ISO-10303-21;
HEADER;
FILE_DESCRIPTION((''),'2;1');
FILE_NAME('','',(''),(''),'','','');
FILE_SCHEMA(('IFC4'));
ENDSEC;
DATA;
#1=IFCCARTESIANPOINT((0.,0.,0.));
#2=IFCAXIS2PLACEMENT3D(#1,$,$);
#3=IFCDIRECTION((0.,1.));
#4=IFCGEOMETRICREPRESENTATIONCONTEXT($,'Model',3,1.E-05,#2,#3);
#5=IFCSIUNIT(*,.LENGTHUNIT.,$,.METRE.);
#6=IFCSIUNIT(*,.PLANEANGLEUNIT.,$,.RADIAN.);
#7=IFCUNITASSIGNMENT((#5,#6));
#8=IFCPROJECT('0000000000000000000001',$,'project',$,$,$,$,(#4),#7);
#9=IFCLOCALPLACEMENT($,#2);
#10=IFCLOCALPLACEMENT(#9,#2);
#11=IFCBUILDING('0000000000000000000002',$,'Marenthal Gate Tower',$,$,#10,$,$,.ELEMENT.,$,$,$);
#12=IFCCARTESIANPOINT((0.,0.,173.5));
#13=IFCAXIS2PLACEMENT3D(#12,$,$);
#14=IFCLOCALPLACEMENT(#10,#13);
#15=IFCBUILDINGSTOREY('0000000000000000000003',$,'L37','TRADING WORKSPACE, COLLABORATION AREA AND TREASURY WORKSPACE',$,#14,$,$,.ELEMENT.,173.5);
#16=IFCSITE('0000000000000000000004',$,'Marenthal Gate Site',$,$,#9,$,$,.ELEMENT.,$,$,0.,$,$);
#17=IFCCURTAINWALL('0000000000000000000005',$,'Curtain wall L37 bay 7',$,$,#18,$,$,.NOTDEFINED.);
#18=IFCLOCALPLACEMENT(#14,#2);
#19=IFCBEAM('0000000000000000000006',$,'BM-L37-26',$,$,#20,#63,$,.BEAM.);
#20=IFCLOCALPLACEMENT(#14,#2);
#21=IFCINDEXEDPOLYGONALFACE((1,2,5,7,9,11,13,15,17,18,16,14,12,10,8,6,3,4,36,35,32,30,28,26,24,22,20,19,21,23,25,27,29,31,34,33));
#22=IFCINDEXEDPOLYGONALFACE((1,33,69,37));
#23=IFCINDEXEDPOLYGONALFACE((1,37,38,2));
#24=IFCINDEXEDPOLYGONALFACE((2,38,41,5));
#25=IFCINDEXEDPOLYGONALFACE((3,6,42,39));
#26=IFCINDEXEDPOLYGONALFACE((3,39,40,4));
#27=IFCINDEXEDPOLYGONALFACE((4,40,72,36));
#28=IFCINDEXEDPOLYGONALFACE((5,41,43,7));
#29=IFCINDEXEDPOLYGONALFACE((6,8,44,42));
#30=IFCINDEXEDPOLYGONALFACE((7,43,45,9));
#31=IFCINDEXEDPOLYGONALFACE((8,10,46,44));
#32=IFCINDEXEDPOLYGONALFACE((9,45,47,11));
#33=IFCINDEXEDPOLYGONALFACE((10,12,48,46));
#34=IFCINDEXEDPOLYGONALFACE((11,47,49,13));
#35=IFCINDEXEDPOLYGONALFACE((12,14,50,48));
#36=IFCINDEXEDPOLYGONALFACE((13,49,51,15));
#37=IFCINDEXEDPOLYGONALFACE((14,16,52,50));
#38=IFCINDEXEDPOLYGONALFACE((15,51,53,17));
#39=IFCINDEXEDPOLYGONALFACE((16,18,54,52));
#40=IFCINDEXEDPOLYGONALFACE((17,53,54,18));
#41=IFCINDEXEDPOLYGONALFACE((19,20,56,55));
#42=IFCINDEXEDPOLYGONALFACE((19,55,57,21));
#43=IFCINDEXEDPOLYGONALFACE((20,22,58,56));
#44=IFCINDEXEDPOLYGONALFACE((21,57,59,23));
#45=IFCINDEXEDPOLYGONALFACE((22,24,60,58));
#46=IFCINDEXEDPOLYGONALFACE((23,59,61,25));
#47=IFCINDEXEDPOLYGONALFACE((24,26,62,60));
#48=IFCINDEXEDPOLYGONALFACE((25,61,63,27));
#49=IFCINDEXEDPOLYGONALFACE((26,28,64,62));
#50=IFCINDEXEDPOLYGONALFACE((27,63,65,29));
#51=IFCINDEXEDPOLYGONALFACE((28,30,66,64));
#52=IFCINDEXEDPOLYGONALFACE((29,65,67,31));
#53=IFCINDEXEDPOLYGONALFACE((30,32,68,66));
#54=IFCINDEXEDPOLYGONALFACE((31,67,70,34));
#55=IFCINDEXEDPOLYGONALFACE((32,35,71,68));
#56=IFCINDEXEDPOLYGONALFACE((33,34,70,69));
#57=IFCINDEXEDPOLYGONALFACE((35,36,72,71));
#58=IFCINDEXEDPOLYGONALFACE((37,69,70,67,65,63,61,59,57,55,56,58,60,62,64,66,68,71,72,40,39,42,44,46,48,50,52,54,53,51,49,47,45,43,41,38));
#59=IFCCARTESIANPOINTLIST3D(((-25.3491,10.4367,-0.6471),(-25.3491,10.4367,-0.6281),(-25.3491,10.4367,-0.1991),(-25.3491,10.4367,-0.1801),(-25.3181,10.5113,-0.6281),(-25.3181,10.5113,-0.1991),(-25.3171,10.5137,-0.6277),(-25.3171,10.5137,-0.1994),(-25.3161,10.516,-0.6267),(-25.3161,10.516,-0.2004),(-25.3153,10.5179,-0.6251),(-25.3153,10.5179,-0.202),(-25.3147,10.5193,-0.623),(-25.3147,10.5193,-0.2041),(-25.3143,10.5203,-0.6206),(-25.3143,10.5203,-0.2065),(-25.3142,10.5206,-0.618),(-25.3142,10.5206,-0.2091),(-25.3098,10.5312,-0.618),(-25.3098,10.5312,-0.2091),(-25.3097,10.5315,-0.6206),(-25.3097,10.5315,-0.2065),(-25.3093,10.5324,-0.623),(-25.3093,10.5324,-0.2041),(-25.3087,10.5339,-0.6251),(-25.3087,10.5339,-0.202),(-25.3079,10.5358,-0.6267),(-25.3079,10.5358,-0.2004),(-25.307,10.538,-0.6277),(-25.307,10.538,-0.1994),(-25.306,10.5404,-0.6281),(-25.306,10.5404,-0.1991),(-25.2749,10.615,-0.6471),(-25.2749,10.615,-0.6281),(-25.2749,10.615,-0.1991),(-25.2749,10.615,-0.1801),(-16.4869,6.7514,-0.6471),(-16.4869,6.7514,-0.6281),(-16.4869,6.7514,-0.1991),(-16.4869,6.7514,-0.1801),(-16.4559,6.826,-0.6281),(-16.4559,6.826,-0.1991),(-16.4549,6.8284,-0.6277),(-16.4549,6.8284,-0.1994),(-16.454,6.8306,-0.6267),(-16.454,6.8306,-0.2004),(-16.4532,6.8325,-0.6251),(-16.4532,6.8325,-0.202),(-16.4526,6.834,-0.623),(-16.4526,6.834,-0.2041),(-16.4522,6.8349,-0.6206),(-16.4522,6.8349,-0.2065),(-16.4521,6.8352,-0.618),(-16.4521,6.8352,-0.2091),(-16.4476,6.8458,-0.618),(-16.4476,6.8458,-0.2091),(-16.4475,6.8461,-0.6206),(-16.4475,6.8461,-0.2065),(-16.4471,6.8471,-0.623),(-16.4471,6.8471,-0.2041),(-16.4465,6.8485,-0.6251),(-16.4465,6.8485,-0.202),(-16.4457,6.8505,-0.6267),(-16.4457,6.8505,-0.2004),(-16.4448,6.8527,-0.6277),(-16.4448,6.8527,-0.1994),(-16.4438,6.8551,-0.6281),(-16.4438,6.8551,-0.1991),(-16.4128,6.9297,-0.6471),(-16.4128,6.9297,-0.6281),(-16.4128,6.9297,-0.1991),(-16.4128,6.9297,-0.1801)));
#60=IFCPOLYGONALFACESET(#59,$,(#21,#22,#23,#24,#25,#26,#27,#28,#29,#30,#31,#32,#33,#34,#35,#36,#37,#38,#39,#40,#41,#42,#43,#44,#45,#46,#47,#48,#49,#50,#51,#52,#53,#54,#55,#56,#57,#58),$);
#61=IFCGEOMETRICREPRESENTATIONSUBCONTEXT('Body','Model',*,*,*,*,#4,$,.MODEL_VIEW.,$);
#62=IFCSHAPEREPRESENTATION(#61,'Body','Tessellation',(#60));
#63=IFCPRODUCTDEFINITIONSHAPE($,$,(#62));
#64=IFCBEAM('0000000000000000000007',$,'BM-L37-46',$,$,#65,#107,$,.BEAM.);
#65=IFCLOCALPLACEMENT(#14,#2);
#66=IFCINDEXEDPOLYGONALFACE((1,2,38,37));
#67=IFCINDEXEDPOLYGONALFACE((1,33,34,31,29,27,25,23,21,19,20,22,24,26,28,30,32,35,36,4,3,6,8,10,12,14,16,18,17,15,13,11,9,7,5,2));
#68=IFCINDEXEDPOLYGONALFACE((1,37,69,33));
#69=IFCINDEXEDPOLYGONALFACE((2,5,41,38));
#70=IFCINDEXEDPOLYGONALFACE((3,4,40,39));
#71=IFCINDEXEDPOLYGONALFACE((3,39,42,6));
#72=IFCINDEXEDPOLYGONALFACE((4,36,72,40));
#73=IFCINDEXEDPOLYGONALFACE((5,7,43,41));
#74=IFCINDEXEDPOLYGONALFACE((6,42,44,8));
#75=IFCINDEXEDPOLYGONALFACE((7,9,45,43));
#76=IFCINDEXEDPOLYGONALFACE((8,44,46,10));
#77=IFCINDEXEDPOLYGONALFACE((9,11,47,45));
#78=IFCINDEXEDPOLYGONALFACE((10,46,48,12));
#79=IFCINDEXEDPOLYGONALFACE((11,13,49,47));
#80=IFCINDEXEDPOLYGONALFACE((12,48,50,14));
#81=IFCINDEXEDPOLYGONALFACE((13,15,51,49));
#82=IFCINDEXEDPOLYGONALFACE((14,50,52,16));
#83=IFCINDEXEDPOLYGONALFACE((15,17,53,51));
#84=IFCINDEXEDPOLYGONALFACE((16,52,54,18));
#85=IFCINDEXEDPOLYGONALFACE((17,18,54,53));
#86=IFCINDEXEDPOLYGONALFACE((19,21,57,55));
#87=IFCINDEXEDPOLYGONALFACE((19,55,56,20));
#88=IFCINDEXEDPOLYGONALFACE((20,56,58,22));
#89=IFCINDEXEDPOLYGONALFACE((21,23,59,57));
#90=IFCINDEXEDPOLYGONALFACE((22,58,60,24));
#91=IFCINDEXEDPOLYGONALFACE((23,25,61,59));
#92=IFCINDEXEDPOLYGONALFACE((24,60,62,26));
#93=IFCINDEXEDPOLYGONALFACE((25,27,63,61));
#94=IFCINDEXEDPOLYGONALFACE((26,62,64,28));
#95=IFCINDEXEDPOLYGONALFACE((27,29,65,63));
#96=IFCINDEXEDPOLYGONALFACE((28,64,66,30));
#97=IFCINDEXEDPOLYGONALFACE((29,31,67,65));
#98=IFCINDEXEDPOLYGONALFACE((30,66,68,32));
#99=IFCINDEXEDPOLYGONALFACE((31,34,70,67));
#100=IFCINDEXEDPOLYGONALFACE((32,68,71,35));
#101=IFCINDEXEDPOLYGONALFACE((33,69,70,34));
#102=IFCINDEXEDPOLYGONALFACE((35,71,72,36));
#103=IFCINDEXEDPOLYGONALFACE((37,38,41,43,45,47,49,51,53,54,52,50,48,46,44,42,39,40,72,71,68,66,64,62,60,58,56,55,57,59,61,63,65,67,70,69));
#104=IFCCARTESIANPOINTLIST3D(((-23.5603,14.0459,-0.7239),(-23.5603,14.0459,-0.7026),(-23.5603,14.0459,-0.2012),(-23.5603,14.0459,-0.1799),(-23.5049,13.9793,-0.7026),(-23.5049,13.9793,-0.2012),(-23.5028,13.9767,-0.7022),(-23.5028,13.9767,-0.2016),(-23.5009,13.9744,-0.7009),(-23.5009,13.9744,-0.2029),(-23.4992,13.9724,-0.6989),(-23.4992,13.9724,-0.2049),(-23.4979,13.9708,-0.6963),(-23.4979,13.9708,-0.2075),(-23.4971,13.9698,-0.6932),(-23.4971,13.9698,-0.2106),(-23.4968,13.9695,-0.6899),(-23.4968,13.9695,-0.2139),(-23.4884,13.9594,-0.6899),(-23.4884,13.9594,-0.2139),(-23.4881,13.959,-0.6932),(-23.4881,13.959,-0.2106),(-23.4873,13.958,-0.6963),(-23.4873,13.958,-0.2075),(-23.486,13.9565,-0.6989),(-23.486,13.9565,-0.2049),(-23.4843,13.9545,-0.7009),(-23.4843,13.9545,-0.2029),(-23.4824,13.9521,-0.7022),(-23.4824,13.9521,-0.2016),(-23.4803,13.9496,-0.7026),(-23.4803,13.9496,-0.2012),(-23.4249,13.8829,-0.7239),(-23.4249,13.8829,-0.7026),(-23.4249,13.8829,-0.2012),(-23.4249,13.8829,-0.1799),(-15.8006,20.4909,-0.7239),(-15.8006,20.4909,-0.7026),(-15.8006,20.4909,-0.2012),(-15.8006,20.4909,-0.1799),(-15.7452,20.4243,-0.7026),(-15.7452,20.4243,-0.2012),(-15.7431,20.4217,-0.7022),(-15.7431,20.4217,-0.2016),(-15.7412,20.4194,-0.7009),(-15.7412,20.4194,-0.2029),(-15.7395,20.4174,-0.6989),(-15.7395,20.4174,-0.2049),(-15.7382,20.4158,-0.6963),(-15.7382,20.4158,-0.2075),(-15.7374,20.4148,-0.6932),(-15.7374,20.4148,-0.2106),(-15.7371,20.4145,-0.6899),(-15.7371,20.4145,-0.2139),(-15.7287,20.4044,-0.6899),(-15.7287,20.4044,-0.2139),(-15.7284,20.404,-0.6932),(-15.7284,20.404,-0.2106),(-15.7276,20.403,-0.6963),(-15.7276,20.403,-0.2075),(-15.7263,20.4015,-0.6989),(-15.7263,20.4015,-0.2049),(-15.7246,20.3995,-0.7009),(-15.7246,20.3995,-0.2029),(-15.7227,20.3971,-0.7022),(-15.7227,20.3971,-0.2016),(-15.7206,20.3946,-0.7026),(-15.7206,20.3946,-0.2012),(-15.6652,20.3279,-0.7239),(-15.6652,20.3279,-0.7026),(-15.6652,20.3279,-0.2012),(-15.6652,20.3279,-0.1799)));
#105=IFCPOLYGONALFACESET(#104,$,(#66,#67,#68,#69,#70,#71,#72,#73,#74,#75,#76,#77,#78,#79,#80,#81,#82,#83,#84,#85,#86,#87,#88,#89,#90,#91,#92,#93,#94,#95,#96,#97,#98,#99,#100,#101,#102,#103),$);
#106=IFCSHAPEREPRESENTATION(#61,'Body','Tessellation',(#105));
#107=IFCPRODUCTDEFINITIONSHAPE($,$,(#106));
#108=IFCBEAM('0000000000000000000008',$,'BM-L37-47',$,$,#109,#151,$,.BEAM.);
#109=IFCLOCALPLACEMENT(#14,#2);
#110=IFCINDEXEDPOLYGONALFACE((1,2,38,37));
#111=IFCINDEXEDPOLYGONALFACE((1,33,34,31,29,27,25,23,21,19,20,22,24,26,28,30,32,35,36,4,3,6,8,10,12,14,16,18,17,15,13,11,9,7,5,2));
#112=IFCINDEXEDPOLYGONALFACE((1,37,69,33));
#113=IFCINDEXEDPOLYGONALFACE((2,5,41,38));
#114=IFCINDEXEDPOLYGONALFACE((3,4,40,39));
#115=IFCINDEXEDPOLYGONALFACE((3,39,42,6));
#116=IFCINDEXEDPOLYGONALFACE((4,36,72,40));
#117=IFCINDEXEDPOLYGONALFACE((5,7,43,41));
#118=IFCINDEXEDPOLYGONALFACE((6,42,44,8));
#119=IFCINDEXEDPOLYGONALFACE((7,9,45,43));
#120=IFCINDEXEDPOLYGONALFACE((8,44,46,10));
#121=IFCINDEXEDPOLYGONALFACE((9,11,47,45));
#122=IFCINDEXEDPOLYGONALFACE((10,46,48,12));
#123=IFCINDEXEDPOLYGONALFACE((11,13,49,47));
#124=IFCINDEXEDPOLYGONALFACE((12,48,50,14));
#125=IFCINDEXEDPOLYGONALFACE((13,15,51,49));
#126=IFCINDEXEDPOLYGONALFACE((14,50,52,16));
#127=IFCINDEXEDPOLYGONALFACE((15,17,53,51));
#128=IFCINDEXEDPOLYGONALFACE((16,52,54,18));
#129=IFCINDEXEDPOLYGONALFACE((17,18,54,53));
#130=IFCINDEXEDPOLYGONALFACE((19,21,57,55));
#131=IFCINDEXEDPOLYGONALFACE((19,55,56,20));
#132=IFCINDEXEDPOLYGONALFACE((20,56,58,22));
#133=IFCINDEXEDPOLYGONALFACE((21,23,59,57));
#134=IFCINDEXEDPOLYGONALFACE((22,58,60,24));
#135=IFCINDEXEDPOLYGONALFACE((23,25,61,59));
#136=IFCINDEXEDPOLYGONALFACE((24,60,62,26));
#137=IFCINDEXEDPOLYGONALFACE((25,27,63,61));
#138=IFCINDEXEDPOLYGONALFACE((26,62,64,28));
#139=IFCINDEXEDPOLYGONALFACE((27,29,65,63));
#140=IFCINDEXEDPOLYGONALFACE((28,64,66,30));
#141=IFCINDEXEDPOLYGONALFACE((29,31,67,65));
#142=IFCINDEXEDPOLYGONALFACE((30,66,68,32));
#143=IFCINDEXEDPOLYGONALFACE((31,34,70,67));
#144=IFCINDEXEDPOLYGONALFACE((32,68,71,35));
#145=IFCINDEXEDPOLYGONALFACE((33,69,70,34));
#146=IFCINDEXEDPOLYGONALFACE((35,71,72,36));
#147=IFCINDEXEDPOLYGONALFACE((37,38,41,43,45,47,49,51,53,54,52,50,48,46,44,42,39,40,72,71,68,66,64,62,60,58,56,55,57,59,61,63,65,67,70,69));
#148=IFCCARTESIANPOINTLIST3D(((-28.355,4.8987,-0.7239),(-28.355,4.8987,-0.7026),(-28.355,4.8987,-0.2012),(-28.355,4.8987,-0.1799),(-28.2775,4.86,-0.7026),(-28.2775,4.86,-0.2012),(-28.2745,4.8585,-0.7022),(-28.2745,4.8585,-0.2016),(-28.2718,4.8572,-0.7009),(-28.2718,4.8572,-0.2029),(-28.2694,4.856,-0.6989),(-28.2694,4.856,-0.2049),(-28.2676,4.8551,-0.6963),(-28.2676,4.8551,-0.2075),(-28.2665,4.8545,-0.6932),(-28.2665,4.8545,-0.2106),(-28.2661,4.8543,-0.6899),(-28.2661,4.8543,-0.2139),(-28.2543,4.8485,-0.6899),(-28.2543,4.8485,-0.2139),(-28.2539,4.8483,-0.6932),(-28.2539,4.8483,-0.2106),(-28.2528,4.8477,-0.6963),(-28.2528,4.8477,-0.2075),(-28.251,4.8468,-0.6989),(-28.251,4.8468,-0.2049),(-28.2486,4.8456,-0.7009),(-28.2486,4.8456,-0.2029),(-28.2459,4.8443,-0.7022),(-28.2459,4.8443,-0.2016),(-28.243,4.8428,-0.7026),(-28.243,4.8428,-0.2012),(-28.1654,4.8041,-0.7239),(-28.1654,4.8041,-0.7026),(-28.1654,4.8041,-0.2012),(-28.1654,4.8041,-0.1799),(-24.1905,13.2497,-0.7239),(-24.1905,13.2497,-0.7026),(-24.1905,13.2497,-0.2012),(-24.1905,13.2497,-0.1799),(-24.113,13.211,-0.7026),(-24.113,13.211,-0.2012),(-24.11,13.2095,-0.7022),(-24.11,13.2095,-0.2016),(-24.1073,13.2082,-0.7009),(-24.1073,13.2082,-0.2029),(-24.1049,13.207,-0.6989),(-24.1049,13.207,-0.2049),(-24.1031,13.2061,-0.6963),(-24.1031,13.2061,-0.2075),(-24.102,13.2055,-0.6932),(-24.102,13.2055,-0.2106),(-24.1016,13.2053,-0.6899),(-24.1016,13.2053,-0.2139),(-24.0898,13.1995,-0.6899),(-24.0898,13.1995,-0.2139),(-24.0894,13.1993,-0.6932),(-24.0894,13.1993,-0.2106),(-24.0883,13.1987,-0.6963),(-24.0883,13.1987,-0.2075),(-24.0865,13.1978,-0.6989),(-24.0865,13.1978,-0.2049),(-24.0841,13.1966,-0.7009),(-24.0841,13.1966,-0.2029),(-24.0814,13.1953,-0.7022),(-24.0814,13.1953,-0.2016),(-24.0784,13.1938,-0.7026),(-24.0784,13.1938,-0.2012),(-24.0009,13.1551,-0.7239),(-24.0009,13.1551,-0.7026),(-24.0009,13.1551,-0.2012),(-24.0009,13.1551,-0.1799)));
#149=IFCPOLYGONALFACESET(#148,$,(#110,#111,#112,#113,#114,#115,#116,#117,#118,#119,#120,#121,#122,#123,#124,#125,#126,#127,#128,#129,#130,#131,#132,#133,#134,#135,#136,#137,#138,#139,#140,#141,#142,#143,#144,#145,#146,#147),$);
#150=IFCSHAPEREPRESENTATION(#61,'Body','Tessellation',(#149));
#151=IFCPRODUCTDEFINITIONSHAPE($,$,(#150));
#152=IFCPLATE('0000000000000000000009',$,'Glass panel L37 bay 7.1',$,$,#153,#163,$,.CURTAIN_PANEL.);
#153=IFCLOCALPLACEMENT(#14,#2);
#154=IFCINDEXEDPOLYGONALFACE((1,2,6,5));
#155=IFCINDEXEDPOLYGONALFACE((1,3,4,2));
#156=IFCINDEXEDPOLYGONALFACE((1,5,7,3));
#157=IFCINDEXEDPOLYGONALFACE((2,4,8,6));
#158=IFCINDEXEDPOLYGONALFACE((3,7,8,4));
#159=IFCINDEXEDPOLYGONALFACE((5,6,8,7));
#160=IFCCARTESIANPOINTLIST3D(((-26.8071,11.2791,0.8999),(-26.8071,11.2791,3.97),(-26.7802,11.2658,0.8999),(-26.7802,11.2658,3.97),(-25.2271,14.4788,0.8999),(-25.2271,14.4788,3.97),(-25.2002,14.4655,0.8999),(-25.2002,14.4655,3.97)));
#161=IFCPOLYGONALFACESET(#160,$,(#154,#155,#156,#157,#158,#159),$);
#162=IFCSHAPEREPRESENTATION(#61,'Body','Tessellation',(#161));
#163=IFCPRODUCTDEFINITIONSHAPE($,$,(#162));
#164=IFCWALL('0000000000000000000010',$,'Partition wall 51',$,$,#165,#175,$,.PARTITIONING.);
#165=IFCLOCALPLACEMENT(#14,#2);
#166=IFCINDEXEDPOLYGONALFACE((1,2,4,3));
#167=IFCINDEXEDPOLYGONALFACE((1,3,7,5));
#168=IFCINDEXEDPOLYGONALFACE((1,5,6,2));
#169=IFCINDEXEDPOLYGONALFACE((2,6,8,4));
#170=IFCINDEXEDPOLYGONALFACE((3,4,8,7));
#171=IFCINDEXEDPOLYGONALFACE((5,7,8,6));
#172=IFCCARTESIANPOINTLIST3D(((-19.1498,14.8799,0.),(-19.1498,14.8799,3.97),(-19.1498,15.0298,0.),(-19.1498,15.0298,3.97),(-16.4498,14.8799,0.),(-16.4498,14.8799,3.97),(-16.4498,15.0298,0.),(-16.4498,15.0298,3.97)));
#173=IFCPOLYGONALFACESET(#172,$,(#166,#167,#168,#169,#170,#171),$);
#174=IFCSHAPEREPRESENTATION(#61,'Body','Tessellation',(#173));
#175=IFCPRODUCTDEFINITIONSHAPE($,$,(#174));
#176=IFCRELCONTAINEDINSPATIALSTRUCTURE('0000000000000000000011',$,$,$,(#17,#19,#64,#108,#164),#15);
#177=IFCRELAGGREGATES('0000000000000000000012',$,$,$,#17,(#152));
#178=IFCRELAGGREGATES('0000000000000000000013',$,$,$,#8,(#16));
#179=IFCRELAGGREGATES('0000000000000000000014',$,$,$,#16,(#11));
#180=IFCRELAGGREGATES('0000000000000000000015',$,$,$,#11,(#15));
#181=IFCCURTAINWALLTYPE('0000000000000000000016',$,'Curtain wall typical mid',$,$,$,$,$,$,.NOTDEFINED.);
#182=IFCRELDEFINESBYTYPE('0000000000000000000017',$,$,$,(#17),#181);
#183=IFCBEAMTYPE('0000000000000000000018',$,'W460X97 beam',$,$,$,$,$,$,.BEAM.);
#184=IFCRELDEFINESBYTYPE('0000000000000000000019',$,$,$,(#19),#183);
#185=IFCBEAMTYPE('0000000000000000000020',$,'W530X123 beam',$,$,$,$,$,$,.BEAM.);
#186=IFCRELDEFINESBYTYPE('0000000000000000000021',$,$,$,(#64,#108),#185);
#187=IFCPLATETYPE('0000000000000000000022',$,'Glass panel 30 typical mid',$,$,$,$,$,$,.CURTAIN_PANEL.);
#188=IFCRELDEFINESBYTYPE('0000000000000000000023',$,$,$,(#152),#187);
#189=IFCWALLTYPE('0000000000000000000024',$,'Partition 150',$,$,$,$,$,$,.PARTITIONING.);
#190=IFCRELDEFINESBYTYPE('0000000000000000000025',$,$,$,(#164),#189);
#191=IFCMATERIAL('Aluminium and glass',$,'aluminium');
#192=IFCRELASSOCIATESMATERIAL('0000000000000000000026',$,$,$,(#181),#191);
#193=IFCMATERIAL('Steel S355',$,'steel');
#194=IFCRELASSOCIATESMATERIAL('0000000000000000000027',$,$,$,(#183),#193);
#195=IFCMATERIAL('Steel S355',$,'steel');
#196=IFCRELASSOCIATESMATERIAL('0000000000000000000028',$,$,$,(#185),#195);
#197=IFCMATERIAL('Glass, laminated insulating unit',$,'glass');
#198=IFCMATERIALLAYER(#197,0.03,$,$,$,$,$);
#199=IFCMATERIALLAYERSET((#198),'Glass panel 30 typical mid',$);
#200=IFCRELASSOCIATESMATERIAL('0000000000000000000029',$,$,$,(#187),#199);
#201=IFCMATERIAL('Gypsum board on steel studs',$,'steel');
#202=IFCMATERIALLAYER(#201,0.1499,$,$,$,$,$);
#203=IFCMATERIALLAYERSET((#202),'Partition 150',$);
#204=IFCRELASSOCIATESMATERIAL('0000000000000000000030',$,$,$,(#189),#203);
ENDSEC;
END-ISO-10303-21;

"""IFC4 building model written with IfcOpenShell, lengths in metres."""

from ifc_helpers import new_model, si_unit, direction, frame, frame_2d, origin, origin_2d, place, context, subcontext, project, spatial, rectangle, i_section, extrude, material, layer, layer_set, material_profile, profile_set, type_object, element, aggregate, save


model = new_model("IFC4")

# Units and contexts
model_context = context("Model", 3, precision=1e-05, world=origin(), true_north=direction((0.0, 1.0)))
body_context = subcontext(model_context, "Body", "Model", "MODEL_VIEW")
ifc_project = project(units=[si_unit("LENGTHUNIT", "METRE"), si_unit("PLANEANGLEUNIT", "RADIAN")], contexts=[model_context])

# Site, building, storey
site_placement = place(None, origin())
site = spatial("IfcSite", under=ifc_project, at=site_placement, Name="Marenthal Gate Site", CompositionType="ELEMENT", RefElevation=0.0)
building_placement = place(site_placement, origin())
building = spatial("IfcBuilding", under=site, at=building_placement, Name="Marenthal Gate Tower", CompositionType="ELEMENT")
storey_placement = place(building_placement, frame((0.0, 0.0, 173.5)))
storey = spatial("IfcBuildingStorey", under=building, at=storey_placement, Name="L37", Description="TRADING WORKSPACE, COLLABORATION AREA AND TREASURY WORKSPACE", CompositionType="ELEMENT", Elevation=173.5)

# Shared definitions
ifc_material_1 = material(Name="Aluminium and glass", Category="aluminium")
curtain_wall_type = type_object("IfcCurtainWallType", Name="Curtain wall typical mid", PredefinedType="NOTDEFINED", material=ifc_material_1)

# Curtain wall
curtain_wall_1_placement = place(storey_placement, origin())
curtain_wall_1 = element("IfcCurtainWall", 1, at=curtain_wall_1_placement, inside=storey, type_object=curtain_wall_type, Name="Curtain wall L37 bay 7", PredefinedType="NOTDEFINED")

# Beams
ifc_material_2 = material(Name="Steel S355", Category="steel")
ifc_material_profile_1 = material_profile(ifc_material_2, i_section(OverallWidth=0.1931, OverallDepth=0.467, WebThickness=0.0115, FlangeThickness=0.019, FilletRadius=0.01, at=origin_2d()), Name="W460X97")
ifc_profile_set_1 = profile_set([ifc_material_profile_1], Name="Steel S355")
beam_type_1 = type_object("IfcBeamType", Name="W460X97 beam", PredefinedType="BEAM", material=ifc_profile_set_1)
beam_1_placement = place(storey_placement, frame((-25.312, 10.5259, -0.4136), z_axis=(0.923344, -0.383974, 0.0), x_axis=(0.383974, 0.923344, 0.0)))
element("IfcBeam", 2, at=beam_1_placement, inside=storey, type_object=beam_type_1, Name="BM-L37-26", PredefinedType="BEAM", context=body_context, shape_type="SweptSolid", body=[
    extrude(i_section(OverallWidth=0.1931, OverallDepth=0.467, WebThickness=0.0115, FlangeThickness=0.019, FilletRadius=0.01, at=origin_2d()), origin(), (0.0, 0.0, 1.0), 9.5979),
])
ifc_material_3 = material(Name="Steel S355", Category="steel")
ifc_material_profile_2 = material_profile(ifc_material_3, i_section(OverallWidth=0.2119, OverallDepth=0.5439, WebThickness=0.0132, FlangeThickness=0.0212, FilletRadius=0.0127, at=origin_2d()), Name="W530X123")
ifc_profile_set_2 = profile_set([ifc_material_profile_2], Name="Steel S355")
beam_type_2 = type_object("IfcBeamType", Name="W530X123 beam", PredefinedType="BEAM", material=ifc_profile_set_2)
beam_2_placement = place(storey_placement, frame((-15.7329, 20.4094, -0.4519), z_axis=(-0.769264, -0.638931, 0.0), x_axis=(0.638931, -0.769264, 0.0)))
element("IfcBeam", 3, at=beam_2_placement, inside=storey, type_object=beam_type_2, Name="BM-L37-46", PredefinedType="BEAM", context=body_context, shape_type="SweptSolid", body=[
    extrude(i_section(OverallWidth=0.2119, OverallDepth=0.5439, WebThickness=0.0132, FlangeThickness=0.0212, FilletRadius=0.0127, at=origin_2d()), origin(), (0.0, 0.0, 1.0), 10.0872),
])
beam_3_placement = place(storey_placement, frame((-24.0957, 13.2024, -0.4519), z_axis=(-0.446272, -0.894898, 0.0), x_axis=(0.894898, -0.446272, 0.0)))
element("IfcBeam", 4, at=beam_3_placement, inside=storey, type_object=beam_type_2, Name="BM-L37-47", PredefinedType="BEAM", context=body_context, shape_type="SweptSolid", body=[
    extrude(i_section(OverallWidth=0.2119, OverallDepth=0.5439, WebThickness=0.0132, FlangeThickness=0.0212, FilletRadius=0.0127, at=origin_2d()), origin(), (0.0, 0.0, 1.0), 9.3318),
])

# Plate
ifc_material_4 = material(Name="Glass, laminated insulating unit", Category="glass")
ifc_layer_1 = layer(ifc_material_4, 0.03)
ifc_layer_set_1 = layer_set([ifc_layer_1], Name="Glass panel 30 typical mid")
plate_type = type_object("IfcPlateType", Name="Glass panel 30 typical mid", PredefinedType="CURTAIN_PANEL", material=ifc_layer_set_1)
plate_placement = place(storey_placement, frame((-26.0037, 12.8723, 0.8999), z_axis=(0.0, 0.0, 1.0), x_axis=(-0.442753, -0.896643, 0.0)))
plate = element("IfcPlate", 5, at=plate_placement, type_object=plate_type, Name="Glass panel L37 bay 7.1", PredefinedType="CURTAIN_PANEL", context=body_context, shape_type="SweptSolid", body=[
    extrude(rectangle(XDim=3.5686, YDim=0.03, at=origin_2d()), origin(), (0.0, 0.0, 1.0), 3.0701),
])
aggregate(curtain_wall_1, [plate])

# Wall
ifc_material_5 = material(Name="Gypsum board on steel studs", Category="steel")
ifc_layer_2 = layer(ifc_material_5, 0.1499)
ifc_layer_set_2 = layer_set([ifc_layer_2], Name="Partition 150")
wall_type_1 = type_object("IfcWallType", Name="Partition 150", PredefinedType="PARTITIONING", material=ifc_layer_set_2)
wall_1_placement = place(storey_placement, frame((-19.1499, 14.9548, 0.0), z_axis=(0.0, 0.0, 1.0), x_axis=(1.0, 0.0, 0.0)))
element("IfcWall", 6, at=wall_1_placement, inside=storey, type_object=wall_type_1, Name="Partition wall 51", PredefinedType="PARTITIONING", context=body_context, shape_type="SweptSolid", body=[
    extrude(rectangle(XDim=2.7, YDim=0.1499, at=frame_2d((1.3501, 0.0))), origin(), (0.0, 0.0, 1.0), 3.97),
])

save(model, "model.ifc")
